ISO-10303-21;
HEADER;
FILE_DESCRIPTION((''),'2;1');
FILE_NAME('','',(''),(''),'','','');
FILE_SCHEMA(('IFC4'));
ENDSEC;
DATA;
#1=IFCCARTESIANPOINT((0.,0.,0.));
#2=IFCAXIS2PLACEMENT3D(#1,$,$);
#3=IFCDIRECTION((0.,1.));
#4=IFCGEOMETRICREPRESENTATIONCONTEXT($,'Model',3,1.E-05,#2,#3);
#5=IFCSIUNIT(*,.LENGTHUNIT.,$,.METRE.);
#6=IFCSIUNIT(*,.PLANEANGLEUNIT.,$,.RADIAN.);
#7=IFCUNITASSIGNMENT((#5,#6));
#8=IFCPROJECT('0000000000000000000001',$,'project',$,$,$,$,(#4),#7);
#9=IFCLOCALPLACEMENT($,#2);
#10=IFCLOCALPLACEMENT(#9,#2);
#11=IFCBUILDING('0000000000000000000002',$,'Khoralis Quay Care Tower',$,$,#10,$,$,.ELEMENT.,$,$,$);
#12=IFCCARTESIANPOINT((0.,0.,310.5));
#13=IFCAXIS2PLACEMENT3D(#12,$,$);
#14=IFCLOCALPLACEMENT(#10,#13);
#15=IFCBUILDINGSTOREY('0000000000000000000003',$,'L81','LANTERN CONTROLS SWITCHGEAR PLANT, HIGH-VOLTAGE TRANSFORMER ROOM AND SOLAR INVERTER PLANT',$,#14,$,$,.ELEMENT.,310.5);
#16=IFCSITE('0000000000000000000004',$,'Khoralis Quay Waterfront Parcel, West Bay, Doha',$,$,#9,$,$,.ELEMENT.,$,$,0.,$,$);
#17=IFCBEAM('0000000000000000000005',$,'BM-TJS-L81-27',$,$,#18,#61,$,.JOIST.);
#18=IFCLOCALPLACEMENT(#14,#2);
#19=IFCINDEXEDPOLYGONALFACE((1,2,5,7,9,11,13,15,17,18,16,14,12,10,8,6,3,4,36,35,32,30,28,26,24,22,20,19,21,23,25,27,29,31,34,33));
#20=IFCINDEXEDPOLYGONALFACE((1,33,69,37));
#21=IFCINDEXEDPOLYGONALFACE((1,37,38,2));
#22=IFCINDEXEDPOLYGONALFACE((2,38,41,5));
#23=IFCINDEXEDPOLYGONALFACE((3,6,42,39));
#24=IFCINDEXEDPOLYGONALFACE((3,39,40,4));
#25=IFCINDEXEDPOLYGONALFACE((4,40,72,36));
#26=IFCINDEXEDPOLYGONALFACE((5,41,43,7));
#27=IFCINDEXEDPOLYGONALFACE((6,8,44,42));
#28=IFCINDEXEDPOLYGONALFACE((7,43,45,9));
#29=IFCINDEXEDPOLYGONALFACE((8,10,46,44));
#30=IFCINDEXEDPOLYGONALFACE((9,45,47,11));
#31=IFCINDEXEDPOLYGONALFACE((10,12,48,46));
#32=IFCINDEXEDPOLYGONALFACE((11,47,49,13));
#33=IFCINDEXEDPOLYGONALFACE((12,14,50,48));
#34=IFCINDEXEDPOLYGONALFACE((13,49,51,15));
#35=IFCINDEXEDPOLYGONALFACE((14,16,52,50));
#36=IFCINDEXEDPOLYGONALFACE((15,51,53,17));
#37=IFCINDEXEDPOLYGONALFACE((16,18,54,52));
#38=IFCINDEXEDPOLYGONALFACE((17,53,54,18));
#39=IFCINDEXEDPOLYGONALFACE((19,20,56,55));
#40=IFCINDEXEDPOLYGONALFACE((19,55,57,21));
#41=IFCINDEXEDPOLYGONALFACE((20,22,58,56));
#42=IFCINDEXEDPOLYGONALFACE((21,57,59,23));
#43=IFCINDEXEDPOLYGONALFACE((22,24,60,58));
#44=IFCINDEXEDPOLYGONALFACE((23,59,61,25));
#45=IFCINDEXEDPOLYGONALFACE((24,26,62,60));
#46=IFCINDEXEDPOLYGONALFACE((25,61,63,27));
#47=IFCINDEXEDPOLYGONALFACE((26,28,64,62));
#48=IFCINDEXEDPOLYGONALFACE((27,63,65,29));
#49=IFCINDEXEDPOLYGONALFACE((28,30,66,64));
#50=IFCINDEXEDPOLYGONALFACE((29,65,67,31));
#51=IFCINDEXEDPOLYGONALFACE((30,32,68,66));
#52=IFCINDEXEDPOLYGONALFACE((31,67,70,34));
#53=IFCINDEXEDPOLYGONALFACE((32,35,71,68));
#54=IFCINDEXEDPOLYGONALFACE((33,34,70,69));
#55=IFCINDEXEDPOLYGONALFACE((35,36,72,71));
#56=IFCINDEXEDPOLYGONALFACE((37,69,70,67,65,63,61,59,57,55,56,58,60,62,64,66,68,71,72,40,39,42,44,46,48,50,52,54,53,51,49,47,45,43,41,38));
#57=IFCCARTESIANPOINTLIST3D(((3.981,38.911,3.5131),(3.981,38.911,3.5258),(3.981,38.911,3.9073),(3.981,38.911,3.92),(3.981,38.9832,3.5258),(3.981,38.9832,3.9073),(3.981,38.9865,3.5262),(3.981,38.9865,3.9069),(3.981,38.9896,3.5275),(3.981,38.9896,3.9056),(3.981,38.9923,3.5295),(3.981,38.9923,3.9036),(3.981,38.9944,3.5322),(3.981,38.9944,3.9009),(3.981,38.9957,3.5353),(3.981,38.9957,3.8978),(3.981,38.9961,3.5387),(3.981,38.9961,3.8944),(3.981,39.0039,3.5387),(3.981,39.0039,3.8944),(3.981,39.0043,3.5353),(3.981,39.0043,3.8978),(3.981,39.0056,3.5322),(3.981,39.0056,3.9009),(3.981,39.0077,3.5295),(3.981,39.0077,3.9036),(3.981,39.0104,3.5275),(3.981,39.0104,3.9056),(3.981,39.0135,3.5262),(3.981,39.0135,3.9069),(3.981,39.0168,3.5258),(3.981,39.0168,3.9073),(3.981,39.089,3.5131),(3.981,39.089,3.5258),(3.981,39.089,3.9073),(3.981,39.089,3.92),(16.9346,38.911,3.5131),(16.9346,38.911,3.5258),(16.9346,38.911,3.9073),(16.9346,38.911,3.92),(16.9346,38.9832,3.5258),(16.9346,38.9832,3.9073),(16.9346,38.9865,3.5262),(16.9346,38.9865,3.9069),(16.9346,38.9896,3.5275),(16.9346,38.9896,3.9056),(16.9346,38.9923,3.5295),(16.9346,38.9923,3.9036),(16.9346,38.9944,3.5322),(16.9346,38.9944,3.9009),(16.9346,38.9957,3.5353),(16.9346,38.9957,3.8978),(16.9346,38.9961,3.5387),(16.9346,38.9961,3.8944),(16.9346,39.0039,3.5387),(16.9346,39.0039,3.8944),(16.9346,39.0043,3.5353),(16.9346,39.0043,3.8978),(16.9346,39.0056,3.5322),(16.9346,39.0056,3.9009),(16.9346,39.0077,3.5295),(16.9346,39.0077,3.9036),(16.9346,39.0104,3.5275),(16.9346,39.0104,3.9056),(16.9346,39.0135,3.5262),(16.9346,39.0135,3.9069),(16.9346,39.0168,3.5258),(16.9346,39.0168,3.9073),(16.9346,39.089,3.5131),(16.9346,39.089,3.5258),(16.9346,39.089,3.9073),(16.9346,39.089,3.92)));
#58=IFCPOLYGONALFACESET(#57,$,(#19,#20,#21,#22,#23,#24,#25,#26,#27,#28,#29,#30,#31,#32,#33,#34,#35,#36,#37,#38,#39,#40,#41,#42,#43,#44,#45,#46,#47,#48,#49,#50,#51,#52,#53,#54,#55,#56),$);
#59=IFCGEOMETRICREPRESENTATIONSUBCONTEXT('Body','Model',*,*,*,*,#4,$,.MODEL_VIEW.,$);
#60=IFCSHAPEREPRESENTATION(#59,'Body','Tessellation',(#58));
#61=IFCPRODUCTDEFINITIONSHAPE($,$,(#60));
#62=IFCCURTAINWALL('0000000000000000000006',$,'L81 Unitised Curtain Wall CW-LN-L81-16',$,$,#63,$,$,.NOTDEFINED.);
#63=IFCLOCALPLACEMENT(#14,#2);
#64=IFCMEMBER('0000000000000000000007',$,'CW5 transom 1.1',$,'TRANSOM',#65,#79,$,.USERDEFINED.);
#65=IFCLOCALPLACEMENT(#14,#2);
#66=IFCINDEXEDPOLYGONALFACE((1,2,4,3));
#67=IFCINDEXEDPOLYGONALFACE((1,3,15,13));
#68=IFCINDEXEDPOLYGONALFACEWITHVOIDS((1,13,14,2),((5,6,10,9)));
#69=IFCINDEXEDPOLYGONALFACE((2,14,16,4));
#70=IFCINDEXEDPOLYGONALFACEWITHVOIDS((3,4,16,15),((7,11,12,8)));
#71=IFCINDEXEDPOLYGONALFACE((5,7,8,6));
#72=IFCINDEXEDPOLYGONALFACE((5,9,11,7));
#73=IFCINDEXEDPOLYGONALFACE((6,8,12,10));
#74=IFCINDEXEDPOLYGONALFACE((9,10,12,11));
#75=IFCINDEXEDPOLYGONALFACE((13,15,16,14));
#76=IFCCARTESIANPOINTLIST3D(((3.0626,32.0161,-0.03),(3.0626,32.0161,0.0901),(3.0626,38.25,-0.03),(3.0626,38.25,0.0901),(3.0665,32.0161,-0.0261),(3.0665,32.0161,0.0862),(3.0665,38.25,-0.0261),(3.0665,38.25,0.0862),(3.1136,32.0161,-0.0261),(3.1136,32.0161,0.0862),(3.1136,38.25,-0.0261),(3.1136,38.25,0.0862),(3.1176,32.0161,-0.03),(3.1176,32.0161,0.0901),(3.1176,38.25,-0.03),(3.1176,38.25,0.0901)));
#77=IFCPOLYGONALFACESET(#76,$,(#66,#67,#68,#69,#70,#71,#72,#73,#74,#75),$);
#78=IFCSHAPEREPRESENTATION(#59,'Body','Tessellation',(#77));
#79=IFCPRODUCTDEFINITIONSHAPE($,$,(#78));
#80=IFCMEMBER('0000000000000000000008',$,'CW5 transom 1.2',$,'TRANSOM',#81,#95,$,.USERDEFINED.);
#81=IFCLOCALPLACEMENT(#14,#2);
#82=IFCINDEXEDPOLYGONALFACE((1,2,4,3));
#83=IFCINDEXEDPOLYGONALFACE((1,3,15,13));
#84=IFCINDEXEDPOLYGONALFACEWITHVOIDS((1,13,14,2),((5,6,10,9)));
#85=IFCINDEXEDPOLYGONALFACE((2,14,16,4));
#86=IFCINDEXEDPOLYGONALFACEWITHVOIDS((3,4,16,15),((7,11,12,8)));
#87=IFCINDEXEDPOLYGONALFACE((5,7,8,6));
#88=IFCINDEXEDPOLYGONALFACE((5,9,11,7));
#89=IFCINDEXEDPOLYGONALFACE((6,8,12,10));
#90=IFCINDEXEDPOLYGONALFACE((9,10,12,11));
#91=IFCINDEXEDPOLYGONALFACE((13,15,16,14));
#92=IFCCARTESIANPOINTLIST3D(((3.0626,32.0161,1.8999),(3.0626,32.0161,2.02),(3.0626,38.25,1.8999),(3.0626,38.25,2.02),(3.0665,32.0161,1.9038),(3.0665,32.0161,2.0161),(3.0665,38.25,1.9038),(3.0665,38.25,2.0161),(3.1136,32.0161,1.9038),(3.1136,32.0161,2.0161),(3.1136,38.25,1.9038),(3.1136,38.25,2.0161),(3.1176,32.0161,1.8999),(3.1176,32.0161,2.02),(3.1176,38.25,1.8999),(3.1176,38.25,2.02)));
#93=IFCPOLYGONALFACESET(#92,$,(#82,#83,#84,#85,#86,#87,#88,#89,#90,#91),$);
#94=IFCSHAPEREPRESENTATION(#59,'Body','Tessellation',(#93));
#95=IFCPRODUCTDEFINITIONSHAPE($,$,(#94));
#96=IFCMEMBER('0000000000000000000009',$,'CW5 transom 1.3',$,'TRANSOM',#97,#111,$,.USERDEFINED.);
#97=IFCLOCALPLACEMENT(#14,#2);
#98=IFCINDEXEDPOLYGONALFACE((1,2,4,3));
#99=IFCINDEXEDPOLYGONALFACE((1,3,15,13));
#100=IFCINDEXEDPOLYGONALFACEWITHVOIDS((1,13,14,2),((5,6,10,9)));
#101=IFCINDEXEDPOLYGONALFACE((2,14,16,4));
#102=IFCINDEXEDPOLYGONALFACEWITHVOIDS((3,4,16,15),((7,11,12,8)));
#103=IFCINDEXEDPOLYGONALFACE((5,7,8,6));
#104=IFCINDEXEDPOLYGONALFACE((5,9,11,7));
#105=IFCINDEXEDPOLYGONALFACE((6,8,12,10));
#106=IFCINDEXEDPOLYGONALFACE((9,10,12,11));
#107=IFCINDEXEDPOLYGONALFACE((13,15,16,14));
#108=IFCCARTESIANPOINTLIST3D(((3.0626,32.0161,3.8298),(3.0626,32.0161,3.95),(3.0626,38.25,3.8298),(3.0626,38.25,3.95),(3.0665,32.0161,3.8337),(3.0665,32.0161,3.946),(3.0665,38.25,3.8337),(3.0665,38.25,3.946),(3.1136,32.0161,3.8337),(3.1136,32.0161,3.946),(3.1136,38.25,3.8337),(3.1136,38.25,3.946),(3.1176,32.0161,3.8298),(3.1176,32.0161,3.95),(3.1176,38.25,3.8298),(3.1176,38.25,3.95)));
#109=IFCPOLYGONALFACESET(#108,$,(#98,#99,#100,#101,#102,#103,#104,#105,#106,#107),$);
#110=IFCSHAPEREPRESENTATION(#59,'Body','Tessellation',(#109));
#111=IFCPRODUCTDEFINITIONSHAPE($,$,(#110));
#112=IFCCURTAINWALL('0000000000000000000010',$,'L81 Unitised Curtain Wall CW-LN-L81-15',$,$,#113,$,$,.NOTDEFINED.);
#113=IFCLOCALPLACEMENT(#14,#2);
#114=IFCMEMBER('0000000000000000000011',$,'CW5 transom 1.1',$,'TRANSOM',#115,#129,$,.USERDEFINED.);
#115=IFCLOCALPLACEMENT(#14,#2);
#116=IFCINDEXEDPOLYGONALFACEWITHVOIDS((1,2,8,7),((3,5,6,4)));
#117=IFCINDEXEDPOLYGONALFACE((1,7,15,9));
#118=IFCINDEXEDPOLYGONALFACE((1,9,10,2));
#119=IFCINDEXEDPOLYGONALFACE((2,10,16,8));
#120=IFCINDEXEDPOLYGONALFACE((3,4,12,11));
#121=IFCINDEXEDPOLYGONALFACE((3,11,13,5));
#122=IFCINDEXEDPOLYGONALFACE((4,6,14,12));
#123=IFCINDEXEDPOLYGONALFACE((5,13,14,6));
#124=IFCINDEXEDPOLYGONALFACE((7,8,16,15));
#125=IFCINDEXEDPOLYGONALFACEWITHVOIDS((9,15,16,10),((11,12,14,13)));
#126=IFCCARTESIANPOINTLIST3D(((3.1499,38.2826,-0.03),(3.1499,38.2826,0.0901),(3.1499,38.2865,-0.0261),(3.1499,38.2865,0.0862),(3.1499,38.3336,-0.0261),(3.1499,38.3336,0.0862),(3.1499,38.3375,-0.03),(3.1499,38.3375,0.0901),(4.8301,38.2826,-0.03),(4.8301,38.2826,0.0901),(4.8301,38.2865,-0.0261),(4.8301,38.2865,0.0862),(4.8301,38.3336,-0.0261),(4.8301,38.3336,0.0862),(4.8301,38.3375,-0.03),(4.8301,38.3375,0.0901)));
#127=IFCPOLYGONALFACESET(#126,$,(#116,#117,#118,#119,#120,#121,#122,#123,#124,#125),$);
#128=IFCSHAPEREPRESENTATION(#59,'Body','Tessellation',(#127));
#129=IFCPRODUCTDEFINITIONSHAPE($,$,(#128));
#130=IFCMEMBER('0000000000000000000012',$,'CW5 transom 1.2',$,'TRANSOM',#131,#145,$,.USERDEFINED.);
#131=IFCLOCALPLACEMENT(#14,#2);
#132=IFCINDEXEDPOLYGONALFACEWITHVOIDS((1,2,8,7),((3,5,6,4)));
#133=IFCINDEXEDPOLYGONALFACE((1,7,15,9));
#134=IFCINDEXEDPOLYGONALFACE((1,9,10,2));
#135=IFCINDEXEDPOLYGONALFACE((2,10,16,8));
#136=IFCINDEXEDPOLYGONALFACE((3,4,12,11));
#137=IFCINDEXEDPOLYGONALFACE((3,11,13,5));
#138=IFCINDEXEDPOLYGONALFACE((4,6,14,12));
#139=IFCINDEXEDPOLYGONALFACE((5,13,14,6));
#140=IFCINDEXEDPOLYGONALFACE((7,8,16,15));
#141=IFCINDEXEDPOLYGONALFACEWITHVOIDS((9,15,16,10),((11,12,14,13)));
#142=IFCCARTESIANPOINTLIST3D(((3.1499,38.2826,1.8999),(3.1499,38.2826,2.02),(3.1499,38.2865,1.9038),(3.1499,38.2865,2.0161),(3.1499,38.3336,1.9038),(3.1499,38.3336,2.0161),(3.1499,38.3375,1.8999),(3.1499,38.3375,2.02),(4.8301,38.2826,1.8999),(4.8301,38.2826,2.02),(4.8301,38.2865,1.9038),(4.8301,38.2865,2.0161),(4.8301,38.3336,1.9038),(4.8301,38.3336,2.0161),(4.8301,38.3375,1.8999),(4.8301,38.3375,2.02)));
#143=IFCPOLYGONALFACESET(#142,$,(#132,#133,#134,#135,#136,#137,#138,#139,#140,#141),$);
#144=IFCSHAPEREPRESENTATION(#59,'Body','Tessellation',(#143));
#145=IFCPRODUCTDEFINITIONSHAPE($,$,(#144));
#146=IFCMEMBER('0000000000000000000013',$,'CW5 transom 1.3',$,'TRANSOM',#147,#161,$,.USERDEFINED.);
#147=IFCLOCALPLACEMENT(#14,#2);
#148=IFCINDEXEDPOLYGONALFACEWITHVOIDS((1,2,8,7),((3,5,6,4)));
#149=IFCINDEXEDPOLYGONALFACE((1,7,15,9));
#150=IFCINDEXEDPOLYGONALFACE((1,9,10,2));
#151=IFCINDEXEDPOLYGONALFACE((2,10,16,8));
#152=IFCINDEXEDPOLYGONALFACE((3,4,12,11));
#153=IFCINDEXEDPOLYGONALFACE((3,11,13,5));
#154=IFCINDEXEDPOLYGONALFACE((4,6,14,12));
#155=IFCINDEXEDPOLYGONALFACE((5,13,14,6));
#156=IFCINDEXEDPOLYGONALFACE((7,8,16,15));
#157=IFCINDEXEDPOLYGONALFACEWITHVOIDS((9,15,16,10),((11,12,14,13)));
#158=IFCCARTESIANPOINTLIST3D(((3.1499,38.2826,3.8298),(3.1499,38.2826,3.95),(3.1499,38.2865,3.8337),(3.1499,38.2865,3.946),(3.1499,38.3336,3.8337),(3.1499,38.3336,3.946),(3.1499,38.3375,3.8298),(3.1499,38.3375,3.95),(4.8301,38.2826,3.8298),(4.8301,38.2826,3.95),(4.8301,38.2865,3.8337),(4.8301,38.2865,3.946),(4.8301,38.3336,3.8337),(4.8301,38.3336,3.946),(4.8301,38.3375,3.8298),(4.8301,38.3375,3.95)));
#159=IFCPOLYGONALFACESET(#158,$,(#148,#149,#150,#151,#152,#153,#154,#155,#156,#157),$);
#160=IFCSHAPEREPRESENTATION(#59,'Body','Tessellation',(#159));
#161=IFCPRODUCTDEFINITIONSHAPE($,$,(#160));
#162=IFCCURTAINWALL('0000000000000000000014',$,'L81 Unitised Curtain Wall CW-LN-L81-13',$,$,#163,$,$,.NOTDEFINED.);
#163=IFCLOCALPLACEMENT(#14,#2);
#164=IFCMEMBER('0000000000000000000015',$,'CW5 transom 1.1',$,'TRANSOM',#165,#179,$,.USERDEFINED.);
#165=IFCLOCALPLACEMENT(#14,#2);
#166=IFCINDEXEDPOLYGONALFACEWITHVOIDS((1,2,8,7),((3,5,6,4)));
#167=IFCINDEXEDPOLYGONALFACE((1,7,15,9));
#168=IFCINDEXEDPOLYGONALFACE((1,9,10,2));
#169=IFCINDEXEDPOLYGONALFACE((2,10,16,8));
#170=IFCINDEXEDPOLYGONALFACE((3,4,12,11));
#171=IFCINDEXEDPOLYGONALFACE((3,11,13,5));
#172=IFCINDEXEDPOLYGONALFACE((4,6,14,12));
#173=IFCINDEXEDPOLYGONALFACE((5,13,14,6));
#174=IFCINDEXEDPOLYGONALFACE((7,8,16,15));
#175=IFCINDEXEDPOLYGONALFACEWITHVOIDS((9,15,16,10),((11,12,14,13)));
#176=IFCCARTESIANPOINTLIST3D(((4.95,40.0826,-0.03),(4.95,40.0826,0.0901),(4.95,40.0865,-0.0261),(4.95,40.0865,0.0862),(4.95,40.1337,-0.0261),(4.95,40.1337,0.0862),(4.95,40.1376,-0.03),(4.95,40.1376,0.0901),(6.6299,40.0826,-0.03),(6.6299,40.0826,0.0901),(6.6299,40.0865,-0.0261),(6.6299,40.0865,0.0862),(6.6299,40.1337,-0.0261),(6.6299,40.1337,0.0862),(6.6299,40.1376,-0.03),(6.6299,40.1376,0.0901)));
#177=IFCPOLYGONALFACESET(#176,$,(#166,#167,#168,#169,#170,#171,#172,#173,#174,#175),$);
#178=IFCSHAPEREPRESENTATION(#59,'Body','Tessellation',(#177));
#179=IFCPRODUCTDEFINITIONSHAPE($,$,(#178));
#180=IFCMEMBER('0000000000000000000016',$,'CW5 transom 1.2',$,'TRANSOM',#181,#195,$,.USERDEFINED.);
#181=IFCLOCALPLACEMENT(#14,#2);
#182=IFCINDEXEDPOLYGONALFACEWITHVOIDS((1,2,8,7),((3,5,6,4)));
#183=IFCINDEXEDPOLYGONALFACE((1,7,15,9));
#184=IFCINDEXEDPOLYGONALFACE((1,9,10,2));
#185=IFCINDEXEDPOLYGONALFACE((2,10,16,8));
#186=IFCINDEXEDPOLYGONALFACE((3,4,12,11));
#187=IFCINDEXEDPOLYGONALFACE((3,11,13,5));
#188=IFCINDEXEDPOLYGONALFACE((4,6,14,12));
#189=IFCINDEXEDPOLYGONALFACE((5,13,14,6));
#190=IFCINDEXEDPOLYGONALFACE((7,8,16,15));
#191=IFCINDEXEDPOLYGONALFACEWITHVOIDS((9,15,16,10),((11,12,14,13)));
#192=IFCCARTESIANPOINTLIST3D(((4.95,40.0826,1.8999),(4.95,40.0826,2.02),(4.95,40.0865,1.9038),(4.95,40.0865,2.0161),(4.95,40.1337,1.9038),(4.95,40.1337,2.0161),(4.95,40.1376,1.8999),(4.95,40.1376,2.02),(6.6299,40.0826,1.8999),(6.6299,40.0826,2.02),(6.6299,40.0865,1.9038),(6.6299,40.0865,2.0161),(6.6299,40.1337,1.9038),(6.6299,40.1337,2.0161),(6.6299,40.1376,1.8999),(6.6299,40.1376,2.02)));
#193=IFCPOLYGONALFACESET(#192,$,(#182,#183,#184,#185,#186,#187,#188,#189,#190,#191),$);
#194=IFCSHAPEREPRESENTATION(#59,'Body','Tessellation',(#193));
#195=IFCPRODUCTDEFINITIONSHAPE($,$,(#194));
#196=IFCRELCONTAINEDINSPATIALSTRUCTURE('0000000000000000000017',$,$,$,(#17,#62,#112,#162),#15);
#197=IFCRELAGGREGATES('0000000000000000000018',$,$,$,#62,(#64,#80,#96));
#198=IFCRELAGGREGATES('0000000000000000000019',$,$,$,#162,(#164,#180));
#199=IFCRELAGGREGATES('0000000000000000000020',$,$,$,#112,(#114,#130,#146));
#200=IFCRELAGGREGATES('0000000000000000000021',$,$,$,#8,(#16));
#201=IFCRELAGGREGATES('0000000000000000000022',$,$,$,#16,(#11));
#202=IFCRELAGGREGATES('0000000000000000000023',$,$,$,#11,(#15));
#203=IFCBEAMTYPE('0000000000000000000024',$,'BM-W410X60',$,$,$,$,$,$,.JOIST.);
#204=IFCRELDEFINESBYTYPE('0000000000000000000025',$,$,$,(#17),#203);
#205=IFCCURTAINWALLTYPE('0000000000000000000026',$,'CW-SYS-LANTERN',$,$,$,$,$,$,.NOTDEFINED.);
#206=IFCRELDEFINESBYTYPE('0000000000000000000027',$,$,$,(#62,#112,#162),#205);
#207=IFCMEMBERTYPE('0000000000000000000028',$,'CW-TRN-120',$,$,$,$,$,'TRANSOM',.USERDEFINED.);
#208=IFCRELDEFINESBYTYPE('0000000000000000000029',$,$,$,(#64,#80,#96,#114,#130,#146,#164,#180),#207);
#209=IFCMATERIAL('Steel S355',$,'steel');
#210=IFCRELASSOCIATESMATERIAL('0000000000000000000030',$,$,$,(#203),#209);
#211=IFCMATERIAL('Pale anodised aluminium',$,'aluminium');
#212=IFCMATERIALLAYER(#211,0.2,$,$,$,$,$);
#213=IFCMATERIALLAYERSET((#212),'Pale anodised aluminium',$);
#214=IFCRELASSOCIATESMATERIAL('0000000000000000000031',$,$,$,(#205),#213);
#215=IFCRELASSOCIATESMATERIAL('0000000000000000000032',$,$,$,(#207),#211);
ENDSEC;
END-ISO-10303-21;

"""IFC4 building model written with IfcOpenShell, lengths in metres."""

from ifc_helpers import new_model, si_unit, direction, frame, origin, origin_2d, place, context, subcontext, project, spatial, hollow_rectangle, i_section, extrude, source, transform, mapped, material, layer, layer_set, material_profile, profile_set, type_object, element, aggregate, save


model = new_model("IFC4")

# Units and contexts
model_context = context("Model", 3, precision=1e-05, world=origin(), true_north=direction((0.0, 1.0)))
body_context = subcontext(model_context, "Body", "Model", "MODEL_VIEW")
ifc_project = project(units=[si_unit("LENGTHUNIT", "METRE"), si_unit("PLANEANGLEUNIT", "RADIAN")], contexts=[model_context])

# Site, building, storey
site_placement = place(None, origin())
site = spatial("IfcSite", under=ifc_project, at=site_placement, Name="Khoralis Quay Waterfront Parcel, West Bay, Doha", CompositionType="ELEMENT", RefElevation=0.0)
building_placement = place(site_placement, origin())
building = spatial("IfcBuilding", under=site, at=building_placement, Name="Khoralis Quay Care Tower", CompositionType="ELEMENT")
storey_placement = place(building_placement, frame((0.0, 0.0, 310.5)))
storey = spatial("IfcBuildingStorey", under=building, at=storey_placement, Name="L81", Description="LANTERN CONTROLS SWITCHGEAR PLANT, HIGH-VOLTAGE TRANSFORMER ROOM AND SOLAR INVERTER PLANT", CompositionType="ELEMENT", Elevation=310.5)

# Beam
ifc_material_1 = material(Name="Steel S355", Category="steel")
ifc_material_profile_1 = material_profile(ifc_material_1, i_section(OverallWidth=0.178, OverallDepth=0.407, WebThickness=0.0078, FlangeThickness=0.0127, FilletRadius=0.0129, at=origin_2d()), Name="Steel S355")
ifc_profile_set_1 = profile_set([ifc_material_profile_1], Name="Steel S355")
beam_type = type_object("IfcBeamType", Name="BM-W410X60", PredefinedType="JOIST", material=ifc_profile_set_1)
shared_shape_1 = source(origin(), body_context, "Body", "SweptSolid", [
    extrude(i_section(OverallWidth=0.178, OverallDepth=0.407, WebThickness=0.0078, FlangeThickness=0.0127, FilletRadius=0.0129, at=origin_2d()), origin(), (0.0, 0.0, 1.0), 12.9536),
])
beam_placement = place(storey_placement, frame((3.981, 39.0, 3.7166), z_axis=(1.0, 0.0, 0.0), x_axis=(0.0, 1.0, 0.0)))
element("IfcBeam", 1, at=beam_placement, inside=storey, type_object=beam_type, Name="BM-TJS-L81-27", PredefinedType="JOIST", context=body_context, shape_type="MappedRepresentation", body=[
    mapped(shared_shape_1, transform((0.0, 0.0, 0.0), scale=1.0)),
])

# Curtain walls, members
ifc_material_2 = material(Name="Pale anodised aluminium", Category="aluminium")
ifc_layer_1 = layer(ifc_material_2, 0.2)
ifc_layer_set_1 = layer_set([ifc_layer_1], Name="Pale anodised aluminium")
curtain_wall_type = type_object("IfcCurtainWallType", Name="CW-SYS-LANTERN", PredefinedType="NOTDEFINED", material=ifc_layer_set_1)
curtain_wall_1_placement = place(storey_placement, origin())
curtain_wall_1 = element("IfcCurtainWall", 2, at=curtain_wall_1_placement, inside=storey, type_object=curtain_wall_type, Name="L81 Unitised Curtain Wall CW-LN-L81-16", PredefinedType="NOTDEFINED")
ifc_material_profile_2 = material_profile(ifc_material_2, hollow_rectangle(XDim=0.0549, YDim=0.1201, WallThickness=0.0039, at=origin_2d()), Name="Pale anodised aluminium")
ifc_profile_set_2 = profile_set([ifc_material_profile_2], Name="Pale anodised aluminium")
member_type_1 = type_object("IfcMemberType", Name="CW-TRN-120", ElementType="TRANSOM", PredefinedType="USERDEFINED", material=ifc_profile_set_2)
shared_shape_2 = source(origin(), body_context, "Body", "SweptSolid", [
    extrude(hollow_rectangle(XDim=0.0549, YDim=0.1201, WallThickness=0.0039, at=origin_2d()), origin(), (0.0, 0.0, 1.0), 6.2339),
])
member_1_placement = place(storey_placement, frame((3.0901, 38.25, 0.03), z_axis=(0.0, -1.0, 0.0), x_axis=(1.0, 0.0, 0.0)))
member_1 = element("IfcMember", 3, at=member_1_placement, type_object=member_type_1, Name="CW5 transom 1.1", ObjectType="TRANSOM", PredefinedType="USERDEFINED", context=body_context, shape_type="MappedRepresentation", body=[
    mapped(shared_shape_2, transform((0.0, 0.0, 0.0), scale=1.0)),
])
member_2_placement = place(storey_placement, frame((3.0901, 38.25, 1.96), z_axis=(0.0, -1.0, 0.0), x_axis=(1.0, 0.0, 0.0)))
member_2 = element("IfcMember", 4, at=member_2_placement, type_object=member_type_1, Name="CW5 transom 1.2", ObjectType="TRANSOM", PredefinedType="USERDEFINED", context=body_context, shape_type="MappedRepresentation", body=[
    mapped(shared_shape_2, transform((0.0, 0.0, 0.0), scale=1.0)),
])
member_3_placement = place(storey_placement, frame((3.0901, 38.25, 3.8899), z_axis=(0.0, -1.0, 0.0), x_axis=(1.0, 0.0, 0.0)))
member_3 = element("IfcMember", 5, at=member_3_placement, type_object=member_type_1, Name="CW5 transom 1.3", ObjectType="TRANSOM", PredefinedType="USERDEFINED", context=body_context, shape_type="MappedRepresentation", body=[
    mapped(shared_shape_2, transform((0.0, 0.0, 0.0), scale=1.0)),
])
curtain_wall_2_placement = place(storey_placement, origin())
curtain_wall_2 = element("IfcCurtainWall", 6, at=curtain_wall_2_placement, inside=storey, type_object=curtain_wall_type, Name="L81 Unitised Curtain Wall CW-LN-L81-15", PredefinedType="NOTDEFINED")
shared_shape_3 = source(origin(), body_context, "Body", "SweptSolid", [
    extrude(hollow_rectangle(XDim=0.0549, YDim=0.1201, WallThickness=0.0039, at=origin_2d()), origin(), (0.0, 0.0, 1.0), 1.6802),
])
member_4_placement = place(storey_placement, frame((4.8301, 38.3101, 0.03), z_axis=(-1.0, 0.0, 0.0), x_axis=(0.0, -1.0, 0.0)))
member_4 = element("IfcMember", 7, at=member_4_placement, type_object=member_type_1, Name="CW5 transom 1.1", ObjectType="TRANSOM", PredefinedType="USERDEFINED", context=body_context, shape_type="MappedRepresentation", body=[
    mapped(shared_shape_3, transform((0.0, 0.0, 0.0), scale=1.0)),
])
member_5_placement = place(storey_placement, frame((4.8301, 38.3101, 1.96), z_axis=(-1.0, 0.0, 0.0), x_axis=(0.0, -1.0, 0.0)))
member_5 = element("IfcMember", 8, at=member_5_placement, type_object=member_type_1, Name="CW5 transom 1.2", ObjectType="TRANSOM", PredefinedType="USERDEFINED", context=body_context, shape_type="MappedRepresentation", body=[
    mapped(shared_shape_3, transform((0.0, 0.0, 0.0), scale=1.0)),
])
member_6_placement = place(storey_placement, frame((4.8301, 38.3101, 3.8899), z_axis=(-1.0, 0.0, 0.0), x_axis=(0.0, -1.0, 0.0)))
member_6 = element("IfcMember", 9, at=member_6_placement, type_object=member_type_1, Name="CW5 transom 1.3", ObjectType="TRANSOM", PredefinedType="USERDEFINED", context=body_context, shape_type="MappedRepresentation", body=[
    mapped(shared_shape_3, transform((0.0, 0.0, 0.0), scale=1.0)),
])
curtain_wall_3_placement = place(storey_placement, origin())
curtain_wall_3 = element("IfcCurtainWall", 10, at=curtain_wall_3_placement, inside=storey, type_object=curtain_wall_type, Name="L81 Unitised Curtain Wall CW-LN-L81-13", PredefinedType="NOTDEFINED")
shared_shape_4 = source(origin(), body_context, "Body", "SweptSolid", [
    extrude(hollow_rectangle(XDim=0.0549, YDim=0.1201, WallThickness=0.0039, at=origin_2d()), origin(), (0.0, 0.0, 1.0), 1.6799),
])
member_7_placement = place(storey_placement, frame((6.6299, 40.1101, 0.03), z_axis=(-1.0, 0.0, 0.0), x_axis=(0.0, -1.0, 0.0)))
member_7 = element("IfcMember", 11, at=member_7_placement, type_object=member_type_1, Name="CW5 transom 1.1", ObjectType="TRANSOM", PredefinedType="USERDEFINED", context=body_context, shape_type="MappedRepresentation", body=[
    mapped(shared_shape_4, transform((0.0, 0.0, 0.0), scale=1.0)),
])
member_8_placement = place(storey_placement, frame((6.6299, 40.1101, 1.96), z_axis=(-1.0, 0.0, 0.0), x_axis=(0.0, -1.0, 0.0)))
member_8 = element("IfcMember", 12, at=member_8_placement, type_object=member_type_1, Name="CW5 transom 1.2", ObjectType="TRANSOM", PredefinedType="USERDEFINED", context=body_context, shape_type="MappedRepresentation", body=[
    mapped(shared_shape_4, transform((0.0, 0.0, 0.0), scale=1.0)),
])

aggregate(curtain_wall_1, [member_1, member_2, member_3])

aggregate(curtain_wall_3, [member_7, member_8])
aggregate(curtain_wall_2, [member_4, member_5, member_6])

save(model, "model.ifc")
